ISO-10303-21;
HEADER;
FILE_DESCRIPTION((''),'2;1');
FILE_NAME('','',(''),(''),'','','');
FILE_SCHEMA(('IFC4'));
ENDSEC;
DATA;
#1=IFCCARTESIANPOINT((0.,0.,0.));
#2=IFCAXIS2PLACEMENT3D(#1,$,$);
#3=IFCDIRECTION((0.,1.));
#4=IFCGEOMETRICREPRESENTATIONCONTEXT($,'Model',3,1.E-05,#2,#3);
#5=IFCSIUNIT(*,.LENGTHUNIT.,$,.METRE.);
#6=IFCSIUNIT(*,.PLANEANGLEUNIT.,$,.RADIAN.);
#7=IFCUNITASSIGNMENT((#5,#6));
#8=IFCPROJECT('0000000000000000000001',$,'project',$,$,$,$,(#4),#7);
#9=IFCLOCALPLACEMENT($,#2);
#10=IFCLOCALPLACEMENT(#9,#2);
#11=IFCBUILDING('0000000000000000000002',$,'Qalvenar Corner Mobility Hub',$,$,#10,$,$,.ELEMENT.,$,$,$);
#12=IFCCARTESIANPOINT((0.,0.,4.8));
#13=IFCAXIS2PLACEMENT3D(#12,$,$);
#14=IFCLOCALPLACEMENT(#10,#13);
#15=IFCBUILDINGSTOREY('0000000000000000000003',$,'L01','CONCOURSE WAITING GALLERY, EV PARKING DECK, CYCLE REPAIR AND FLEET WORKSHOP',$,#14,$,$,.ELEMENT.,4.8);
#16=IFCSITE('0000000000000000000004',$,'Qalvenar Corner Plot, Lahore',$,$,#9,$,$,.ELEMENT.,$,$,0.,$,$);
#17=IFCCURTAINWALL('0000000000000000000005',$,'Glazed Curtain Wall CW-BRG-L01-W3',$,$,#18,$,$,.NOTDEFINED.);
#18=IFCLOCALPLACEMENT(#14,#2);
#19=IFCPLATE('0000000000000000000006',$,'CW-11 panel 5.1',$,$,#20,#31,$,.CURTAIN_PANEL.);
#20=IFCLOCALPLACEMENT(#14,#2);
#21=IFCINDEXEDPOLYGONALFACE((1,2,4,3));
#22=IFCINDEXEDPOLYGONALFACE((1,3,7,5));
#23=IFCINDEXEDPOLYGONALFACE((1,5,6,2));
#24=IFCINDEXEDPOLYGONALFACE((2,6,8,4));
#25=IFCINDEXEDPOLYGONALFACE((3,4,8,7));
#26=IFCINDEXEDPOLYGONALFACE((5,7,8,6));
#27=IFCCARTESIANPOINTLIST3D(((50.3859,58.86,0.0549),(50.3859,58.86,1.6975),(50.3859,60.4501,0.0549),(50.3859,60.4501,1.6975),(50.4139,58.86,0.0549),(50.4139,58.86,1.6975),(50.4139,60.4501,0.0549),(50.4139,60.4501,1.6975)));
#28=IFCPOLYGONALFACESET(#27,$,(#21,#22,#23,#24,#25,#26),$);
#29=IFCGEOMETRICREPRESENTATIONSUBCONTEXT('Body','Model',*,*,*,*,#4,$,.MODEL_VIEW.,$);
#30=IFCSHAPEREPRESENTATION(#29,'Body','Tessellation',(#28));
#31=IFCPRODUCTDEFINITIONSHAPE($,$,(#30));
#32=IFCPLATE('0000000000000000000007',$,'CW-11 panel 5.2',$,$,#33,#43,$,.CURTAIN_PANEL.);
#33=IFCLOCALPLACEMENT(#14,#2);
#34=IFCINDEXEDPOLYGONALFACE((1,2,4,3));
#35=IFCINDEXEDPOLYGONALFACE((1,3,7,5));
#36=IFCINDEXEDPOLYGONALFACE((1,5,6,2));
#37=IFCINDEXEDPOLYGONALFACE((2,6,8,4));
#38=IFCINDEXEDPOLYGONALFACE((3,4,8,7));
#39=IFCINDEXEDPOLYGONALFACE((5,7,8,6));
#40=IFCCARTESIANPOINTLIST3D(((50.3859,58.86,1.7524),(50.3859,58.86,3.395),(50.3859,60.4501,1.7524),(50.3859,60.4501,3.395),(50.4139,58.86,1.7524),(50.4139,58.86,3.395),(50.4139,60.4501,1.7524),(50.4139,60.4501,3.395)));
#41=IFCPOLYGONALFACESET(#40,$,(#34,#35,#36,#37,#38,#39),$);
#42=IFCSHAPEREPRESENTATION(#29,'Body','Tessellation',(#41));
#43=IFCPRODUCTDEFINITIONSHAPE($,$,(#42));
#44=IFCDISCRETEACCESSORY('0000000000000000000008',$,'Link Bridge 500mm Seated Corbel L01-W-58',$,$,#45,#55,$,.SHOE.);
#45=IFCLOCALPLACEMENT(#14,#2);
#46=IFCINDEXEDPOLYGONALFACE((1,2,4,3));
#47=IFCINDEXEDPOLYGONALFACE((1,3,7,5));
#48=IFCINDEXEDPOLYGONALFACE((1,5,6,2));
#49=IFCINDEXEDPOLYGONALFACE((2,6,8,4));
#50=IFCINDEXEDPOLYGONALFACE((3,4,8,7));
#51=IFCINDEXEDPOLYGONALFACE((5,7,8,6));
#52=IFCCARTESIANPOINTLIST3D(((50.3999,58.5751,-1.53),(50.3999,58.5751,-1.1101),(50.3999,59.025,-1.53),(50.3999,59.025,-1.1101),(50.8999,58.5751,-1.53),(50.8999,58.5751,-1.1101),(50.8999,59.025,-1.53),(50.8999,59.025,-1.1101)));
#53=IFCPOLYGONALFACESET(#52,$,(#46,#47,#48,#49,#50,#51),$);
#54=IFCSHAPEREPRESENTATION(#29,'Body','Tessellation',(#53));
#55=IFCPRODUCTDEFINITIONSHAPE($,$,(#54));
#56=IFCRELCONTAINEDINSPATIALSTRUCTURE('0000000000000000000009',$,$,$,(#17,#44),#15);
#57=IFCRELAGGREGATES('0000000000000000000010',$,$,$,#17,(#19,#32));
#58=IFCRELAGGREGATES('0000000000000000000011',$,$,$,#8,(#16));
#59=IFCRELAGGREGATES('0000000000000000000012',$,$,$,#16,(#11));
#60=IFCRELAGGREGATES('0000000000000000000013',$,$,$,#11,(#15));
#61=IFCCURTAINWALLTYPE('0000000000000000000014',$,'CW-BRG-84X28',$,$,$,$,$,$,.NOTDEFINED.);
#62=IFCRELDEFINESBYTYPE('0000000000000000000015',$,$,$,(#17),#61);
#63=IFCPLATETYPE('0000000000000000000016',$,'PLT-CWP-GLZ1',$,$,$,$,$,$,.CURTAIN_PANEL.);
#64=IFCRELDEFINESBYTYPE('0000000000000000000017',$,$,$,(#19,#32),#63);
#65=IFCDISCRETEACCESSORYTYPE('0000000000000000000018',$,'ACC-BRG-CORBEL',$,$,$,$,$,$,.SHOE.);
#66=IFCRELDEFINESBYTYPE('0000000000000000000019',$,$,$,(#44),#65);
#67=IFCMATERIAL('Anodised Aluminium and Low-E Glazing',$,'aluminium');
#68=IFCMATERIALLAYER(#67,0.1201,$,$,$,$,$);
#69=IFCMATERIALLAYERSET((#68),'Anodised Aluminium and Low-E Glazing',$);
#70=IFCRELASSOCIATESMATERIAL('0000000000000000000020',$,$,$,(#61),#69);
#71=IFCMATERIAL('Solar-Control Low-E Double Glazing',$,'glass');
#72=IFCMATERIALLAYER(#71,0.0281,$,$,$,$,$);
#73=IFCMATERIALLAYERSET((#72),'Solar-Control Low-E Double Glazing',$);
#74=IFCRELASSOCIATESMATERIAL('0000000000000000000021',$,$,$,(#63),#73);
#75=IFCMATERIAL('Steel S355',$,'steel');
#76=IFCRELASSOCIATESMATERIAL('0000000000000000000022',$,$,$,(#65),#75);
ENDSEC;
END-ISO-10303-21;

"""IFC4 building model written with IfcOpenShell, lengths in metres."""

from ifc_helpers import new_model, si_unit, direction, frame, origin, origin_2d, place, context, subcontext, project, spatial, rectangle, extrude, material, layer, layer_set, type_object, element, aggregate, save


model = new_model("IFC4")

# Units and contexts
model_context = context("Model", 3, precision=1e-05, world=origin(), true_north=direction((0.0, 1.0)))
body_context = subcontext(model_context, "Body", "Model", "MODEL_VIEW")
ifc_project = project(units=[si_unit("LENGTHUNIT", "METRE"), si_unit("PLANEANGLEUNIT", "RADIAN")], contexts=[model_context])

# Site, building, storey
site_placement = place(None, origin())
site = spatial("IfcSite", under=ifc_project, at=site_placement, Name="Qalvenar Corner Plot, Lahore", CompositionType="ELEMENT", RefElevation=0.0)
building_placement = place(site_placement, origin())
building = spatial("IfcBuilding", under=site, at=building_placement, Name="Qalvenar Corner Mobility Hub", CompositionType="ELEMENT")
storey_placement = place(building_placement, frame((0.0, 0.0, 4.8)))
storey = spatial("IfcBuildingStorey", under=building, at=storey_placement, Name="L01", Description="CONCOURSE WAITING GALLERY, EV PARKING DECK, CYCLE REPAIR AND FLEET WORKSHOP", CompositionType="ELEMENT", Elevation=4.8)

# Shared definitions
ifc_material_1 = material(Name="Steel S355", Category="steel")

# Shared definitions
ifc_material_2 = material(Name="Anodised Aluminium and Low-E Glazing", Category="aluminium")
ifc_layer_1 = layer(ifc_material_2, 0.1201)
ifc_layer_set_1 = layer_set([ifc_layer_1], Name="Anodised Aluminium and Low-E Glazing")
curtain_wall_type = type_object("IfcCurtainWallType", Name="CW-BRG-84X28", PredefinedType="NOTDEFINED", material=ifc_layer_set_1)

# Curtain wall
curtain_wall_1_placement = place(storey_placement, origin())
curtain_wall_1 = element("IfcCurtainWall", 1, at=curtain_wall_1_placement, inside=storey, type_object=curtain_wall_type, Name="Glazed Curtain Wall CW-BRG-L01-W3", PredefinedType="NOTDEFINED")

# Plates
ifc_material_3 = material(Name="Solar-Control Low-E Double Glazing", Category="glass")
ifc_layer_2 = layer(ifc_material_3, 0.0281)
ifc_layer_set_2 = layer_set([ifc_layer_2], Name="Solar-Control Low-E Double Glazing")
plate_type = type_object("IfcPlateType", Name="PLT-CWP-GLZ1", PredefinedType="CURTAIN_PANEL", material=ifc_layer_set_2)
plate_1_placement = place(storey_placement, frame((50.3999, 59.655, 0.0549), z_axis=(0.0, 0.0, 1.0), x_axis=(0.0, -1.0, 0.0)))
plate_1 = element("IfcPlate", 2, at=plate_1_placement, type_object=plate_type, Name="CW-11 panel 5.1", PredefinedType="CURTAIN_PANEL", context=body_context, shape_type="SweptSolid", body=[
    extrude(rectangle(XDim=1.5901, YDim=0.0281, at=origin_2d()), origin(), (0.0, 0.0, 1.0), 1.6426),
])
plate_2_placement = place(storey_placement, frame((50.3999, 59.655, 1.7524), z_axis=(0.0, 0.0, 1.0), x_axis=(0.0, -1.0, 0.0)))
plate_2 = element("IfcPlate", 3, at=plate_2_placement, type_object=plate_type, Name="CW-11 panel 5.2", PredefinedType="CURTAIN_PANEL", context=body_context, shape_type="SweptSolid", body=[
    extrude(rectangle(XDim=1.5901, YDim=0.0281, at=origin_2d()), origin(), (0.0, 0.0, 1.0), 1.6426),
])
aggregate(curtain_wall_1, [plate_1, plate_2])

# Discrete accessory
discrete_accessory_type = type_object("IfcDiscreteAccessoryType", Name="ACC-BRG-CORBEL", PredefinedType="SHOE", material=ifc_material_1)
discrete_accessory_placement = place(storey_placement, frame((50.6499, 58.8, -1.53), z_axis=(0.0, 0.0, 1.0), x_axis=(1.0, 0.0, 0.0)))
element("IfcDiscreteAccessory", 4, at=discrete_accessory_placement, inside=storey, type_object=discrete_accessory_type, Name="Link Bridge 500mm Seated Corbel L01-W-58", PredefinedType="SHOE", context=body_context, shape_type="SweptSolid", body=[
    extrude(rectangle(XDim=0.5, YDim=0.45, at=origin_2d()), origin(), (0.0, 0.0, 1.0), 0.4199),
])

save(model, "model.ifc")
